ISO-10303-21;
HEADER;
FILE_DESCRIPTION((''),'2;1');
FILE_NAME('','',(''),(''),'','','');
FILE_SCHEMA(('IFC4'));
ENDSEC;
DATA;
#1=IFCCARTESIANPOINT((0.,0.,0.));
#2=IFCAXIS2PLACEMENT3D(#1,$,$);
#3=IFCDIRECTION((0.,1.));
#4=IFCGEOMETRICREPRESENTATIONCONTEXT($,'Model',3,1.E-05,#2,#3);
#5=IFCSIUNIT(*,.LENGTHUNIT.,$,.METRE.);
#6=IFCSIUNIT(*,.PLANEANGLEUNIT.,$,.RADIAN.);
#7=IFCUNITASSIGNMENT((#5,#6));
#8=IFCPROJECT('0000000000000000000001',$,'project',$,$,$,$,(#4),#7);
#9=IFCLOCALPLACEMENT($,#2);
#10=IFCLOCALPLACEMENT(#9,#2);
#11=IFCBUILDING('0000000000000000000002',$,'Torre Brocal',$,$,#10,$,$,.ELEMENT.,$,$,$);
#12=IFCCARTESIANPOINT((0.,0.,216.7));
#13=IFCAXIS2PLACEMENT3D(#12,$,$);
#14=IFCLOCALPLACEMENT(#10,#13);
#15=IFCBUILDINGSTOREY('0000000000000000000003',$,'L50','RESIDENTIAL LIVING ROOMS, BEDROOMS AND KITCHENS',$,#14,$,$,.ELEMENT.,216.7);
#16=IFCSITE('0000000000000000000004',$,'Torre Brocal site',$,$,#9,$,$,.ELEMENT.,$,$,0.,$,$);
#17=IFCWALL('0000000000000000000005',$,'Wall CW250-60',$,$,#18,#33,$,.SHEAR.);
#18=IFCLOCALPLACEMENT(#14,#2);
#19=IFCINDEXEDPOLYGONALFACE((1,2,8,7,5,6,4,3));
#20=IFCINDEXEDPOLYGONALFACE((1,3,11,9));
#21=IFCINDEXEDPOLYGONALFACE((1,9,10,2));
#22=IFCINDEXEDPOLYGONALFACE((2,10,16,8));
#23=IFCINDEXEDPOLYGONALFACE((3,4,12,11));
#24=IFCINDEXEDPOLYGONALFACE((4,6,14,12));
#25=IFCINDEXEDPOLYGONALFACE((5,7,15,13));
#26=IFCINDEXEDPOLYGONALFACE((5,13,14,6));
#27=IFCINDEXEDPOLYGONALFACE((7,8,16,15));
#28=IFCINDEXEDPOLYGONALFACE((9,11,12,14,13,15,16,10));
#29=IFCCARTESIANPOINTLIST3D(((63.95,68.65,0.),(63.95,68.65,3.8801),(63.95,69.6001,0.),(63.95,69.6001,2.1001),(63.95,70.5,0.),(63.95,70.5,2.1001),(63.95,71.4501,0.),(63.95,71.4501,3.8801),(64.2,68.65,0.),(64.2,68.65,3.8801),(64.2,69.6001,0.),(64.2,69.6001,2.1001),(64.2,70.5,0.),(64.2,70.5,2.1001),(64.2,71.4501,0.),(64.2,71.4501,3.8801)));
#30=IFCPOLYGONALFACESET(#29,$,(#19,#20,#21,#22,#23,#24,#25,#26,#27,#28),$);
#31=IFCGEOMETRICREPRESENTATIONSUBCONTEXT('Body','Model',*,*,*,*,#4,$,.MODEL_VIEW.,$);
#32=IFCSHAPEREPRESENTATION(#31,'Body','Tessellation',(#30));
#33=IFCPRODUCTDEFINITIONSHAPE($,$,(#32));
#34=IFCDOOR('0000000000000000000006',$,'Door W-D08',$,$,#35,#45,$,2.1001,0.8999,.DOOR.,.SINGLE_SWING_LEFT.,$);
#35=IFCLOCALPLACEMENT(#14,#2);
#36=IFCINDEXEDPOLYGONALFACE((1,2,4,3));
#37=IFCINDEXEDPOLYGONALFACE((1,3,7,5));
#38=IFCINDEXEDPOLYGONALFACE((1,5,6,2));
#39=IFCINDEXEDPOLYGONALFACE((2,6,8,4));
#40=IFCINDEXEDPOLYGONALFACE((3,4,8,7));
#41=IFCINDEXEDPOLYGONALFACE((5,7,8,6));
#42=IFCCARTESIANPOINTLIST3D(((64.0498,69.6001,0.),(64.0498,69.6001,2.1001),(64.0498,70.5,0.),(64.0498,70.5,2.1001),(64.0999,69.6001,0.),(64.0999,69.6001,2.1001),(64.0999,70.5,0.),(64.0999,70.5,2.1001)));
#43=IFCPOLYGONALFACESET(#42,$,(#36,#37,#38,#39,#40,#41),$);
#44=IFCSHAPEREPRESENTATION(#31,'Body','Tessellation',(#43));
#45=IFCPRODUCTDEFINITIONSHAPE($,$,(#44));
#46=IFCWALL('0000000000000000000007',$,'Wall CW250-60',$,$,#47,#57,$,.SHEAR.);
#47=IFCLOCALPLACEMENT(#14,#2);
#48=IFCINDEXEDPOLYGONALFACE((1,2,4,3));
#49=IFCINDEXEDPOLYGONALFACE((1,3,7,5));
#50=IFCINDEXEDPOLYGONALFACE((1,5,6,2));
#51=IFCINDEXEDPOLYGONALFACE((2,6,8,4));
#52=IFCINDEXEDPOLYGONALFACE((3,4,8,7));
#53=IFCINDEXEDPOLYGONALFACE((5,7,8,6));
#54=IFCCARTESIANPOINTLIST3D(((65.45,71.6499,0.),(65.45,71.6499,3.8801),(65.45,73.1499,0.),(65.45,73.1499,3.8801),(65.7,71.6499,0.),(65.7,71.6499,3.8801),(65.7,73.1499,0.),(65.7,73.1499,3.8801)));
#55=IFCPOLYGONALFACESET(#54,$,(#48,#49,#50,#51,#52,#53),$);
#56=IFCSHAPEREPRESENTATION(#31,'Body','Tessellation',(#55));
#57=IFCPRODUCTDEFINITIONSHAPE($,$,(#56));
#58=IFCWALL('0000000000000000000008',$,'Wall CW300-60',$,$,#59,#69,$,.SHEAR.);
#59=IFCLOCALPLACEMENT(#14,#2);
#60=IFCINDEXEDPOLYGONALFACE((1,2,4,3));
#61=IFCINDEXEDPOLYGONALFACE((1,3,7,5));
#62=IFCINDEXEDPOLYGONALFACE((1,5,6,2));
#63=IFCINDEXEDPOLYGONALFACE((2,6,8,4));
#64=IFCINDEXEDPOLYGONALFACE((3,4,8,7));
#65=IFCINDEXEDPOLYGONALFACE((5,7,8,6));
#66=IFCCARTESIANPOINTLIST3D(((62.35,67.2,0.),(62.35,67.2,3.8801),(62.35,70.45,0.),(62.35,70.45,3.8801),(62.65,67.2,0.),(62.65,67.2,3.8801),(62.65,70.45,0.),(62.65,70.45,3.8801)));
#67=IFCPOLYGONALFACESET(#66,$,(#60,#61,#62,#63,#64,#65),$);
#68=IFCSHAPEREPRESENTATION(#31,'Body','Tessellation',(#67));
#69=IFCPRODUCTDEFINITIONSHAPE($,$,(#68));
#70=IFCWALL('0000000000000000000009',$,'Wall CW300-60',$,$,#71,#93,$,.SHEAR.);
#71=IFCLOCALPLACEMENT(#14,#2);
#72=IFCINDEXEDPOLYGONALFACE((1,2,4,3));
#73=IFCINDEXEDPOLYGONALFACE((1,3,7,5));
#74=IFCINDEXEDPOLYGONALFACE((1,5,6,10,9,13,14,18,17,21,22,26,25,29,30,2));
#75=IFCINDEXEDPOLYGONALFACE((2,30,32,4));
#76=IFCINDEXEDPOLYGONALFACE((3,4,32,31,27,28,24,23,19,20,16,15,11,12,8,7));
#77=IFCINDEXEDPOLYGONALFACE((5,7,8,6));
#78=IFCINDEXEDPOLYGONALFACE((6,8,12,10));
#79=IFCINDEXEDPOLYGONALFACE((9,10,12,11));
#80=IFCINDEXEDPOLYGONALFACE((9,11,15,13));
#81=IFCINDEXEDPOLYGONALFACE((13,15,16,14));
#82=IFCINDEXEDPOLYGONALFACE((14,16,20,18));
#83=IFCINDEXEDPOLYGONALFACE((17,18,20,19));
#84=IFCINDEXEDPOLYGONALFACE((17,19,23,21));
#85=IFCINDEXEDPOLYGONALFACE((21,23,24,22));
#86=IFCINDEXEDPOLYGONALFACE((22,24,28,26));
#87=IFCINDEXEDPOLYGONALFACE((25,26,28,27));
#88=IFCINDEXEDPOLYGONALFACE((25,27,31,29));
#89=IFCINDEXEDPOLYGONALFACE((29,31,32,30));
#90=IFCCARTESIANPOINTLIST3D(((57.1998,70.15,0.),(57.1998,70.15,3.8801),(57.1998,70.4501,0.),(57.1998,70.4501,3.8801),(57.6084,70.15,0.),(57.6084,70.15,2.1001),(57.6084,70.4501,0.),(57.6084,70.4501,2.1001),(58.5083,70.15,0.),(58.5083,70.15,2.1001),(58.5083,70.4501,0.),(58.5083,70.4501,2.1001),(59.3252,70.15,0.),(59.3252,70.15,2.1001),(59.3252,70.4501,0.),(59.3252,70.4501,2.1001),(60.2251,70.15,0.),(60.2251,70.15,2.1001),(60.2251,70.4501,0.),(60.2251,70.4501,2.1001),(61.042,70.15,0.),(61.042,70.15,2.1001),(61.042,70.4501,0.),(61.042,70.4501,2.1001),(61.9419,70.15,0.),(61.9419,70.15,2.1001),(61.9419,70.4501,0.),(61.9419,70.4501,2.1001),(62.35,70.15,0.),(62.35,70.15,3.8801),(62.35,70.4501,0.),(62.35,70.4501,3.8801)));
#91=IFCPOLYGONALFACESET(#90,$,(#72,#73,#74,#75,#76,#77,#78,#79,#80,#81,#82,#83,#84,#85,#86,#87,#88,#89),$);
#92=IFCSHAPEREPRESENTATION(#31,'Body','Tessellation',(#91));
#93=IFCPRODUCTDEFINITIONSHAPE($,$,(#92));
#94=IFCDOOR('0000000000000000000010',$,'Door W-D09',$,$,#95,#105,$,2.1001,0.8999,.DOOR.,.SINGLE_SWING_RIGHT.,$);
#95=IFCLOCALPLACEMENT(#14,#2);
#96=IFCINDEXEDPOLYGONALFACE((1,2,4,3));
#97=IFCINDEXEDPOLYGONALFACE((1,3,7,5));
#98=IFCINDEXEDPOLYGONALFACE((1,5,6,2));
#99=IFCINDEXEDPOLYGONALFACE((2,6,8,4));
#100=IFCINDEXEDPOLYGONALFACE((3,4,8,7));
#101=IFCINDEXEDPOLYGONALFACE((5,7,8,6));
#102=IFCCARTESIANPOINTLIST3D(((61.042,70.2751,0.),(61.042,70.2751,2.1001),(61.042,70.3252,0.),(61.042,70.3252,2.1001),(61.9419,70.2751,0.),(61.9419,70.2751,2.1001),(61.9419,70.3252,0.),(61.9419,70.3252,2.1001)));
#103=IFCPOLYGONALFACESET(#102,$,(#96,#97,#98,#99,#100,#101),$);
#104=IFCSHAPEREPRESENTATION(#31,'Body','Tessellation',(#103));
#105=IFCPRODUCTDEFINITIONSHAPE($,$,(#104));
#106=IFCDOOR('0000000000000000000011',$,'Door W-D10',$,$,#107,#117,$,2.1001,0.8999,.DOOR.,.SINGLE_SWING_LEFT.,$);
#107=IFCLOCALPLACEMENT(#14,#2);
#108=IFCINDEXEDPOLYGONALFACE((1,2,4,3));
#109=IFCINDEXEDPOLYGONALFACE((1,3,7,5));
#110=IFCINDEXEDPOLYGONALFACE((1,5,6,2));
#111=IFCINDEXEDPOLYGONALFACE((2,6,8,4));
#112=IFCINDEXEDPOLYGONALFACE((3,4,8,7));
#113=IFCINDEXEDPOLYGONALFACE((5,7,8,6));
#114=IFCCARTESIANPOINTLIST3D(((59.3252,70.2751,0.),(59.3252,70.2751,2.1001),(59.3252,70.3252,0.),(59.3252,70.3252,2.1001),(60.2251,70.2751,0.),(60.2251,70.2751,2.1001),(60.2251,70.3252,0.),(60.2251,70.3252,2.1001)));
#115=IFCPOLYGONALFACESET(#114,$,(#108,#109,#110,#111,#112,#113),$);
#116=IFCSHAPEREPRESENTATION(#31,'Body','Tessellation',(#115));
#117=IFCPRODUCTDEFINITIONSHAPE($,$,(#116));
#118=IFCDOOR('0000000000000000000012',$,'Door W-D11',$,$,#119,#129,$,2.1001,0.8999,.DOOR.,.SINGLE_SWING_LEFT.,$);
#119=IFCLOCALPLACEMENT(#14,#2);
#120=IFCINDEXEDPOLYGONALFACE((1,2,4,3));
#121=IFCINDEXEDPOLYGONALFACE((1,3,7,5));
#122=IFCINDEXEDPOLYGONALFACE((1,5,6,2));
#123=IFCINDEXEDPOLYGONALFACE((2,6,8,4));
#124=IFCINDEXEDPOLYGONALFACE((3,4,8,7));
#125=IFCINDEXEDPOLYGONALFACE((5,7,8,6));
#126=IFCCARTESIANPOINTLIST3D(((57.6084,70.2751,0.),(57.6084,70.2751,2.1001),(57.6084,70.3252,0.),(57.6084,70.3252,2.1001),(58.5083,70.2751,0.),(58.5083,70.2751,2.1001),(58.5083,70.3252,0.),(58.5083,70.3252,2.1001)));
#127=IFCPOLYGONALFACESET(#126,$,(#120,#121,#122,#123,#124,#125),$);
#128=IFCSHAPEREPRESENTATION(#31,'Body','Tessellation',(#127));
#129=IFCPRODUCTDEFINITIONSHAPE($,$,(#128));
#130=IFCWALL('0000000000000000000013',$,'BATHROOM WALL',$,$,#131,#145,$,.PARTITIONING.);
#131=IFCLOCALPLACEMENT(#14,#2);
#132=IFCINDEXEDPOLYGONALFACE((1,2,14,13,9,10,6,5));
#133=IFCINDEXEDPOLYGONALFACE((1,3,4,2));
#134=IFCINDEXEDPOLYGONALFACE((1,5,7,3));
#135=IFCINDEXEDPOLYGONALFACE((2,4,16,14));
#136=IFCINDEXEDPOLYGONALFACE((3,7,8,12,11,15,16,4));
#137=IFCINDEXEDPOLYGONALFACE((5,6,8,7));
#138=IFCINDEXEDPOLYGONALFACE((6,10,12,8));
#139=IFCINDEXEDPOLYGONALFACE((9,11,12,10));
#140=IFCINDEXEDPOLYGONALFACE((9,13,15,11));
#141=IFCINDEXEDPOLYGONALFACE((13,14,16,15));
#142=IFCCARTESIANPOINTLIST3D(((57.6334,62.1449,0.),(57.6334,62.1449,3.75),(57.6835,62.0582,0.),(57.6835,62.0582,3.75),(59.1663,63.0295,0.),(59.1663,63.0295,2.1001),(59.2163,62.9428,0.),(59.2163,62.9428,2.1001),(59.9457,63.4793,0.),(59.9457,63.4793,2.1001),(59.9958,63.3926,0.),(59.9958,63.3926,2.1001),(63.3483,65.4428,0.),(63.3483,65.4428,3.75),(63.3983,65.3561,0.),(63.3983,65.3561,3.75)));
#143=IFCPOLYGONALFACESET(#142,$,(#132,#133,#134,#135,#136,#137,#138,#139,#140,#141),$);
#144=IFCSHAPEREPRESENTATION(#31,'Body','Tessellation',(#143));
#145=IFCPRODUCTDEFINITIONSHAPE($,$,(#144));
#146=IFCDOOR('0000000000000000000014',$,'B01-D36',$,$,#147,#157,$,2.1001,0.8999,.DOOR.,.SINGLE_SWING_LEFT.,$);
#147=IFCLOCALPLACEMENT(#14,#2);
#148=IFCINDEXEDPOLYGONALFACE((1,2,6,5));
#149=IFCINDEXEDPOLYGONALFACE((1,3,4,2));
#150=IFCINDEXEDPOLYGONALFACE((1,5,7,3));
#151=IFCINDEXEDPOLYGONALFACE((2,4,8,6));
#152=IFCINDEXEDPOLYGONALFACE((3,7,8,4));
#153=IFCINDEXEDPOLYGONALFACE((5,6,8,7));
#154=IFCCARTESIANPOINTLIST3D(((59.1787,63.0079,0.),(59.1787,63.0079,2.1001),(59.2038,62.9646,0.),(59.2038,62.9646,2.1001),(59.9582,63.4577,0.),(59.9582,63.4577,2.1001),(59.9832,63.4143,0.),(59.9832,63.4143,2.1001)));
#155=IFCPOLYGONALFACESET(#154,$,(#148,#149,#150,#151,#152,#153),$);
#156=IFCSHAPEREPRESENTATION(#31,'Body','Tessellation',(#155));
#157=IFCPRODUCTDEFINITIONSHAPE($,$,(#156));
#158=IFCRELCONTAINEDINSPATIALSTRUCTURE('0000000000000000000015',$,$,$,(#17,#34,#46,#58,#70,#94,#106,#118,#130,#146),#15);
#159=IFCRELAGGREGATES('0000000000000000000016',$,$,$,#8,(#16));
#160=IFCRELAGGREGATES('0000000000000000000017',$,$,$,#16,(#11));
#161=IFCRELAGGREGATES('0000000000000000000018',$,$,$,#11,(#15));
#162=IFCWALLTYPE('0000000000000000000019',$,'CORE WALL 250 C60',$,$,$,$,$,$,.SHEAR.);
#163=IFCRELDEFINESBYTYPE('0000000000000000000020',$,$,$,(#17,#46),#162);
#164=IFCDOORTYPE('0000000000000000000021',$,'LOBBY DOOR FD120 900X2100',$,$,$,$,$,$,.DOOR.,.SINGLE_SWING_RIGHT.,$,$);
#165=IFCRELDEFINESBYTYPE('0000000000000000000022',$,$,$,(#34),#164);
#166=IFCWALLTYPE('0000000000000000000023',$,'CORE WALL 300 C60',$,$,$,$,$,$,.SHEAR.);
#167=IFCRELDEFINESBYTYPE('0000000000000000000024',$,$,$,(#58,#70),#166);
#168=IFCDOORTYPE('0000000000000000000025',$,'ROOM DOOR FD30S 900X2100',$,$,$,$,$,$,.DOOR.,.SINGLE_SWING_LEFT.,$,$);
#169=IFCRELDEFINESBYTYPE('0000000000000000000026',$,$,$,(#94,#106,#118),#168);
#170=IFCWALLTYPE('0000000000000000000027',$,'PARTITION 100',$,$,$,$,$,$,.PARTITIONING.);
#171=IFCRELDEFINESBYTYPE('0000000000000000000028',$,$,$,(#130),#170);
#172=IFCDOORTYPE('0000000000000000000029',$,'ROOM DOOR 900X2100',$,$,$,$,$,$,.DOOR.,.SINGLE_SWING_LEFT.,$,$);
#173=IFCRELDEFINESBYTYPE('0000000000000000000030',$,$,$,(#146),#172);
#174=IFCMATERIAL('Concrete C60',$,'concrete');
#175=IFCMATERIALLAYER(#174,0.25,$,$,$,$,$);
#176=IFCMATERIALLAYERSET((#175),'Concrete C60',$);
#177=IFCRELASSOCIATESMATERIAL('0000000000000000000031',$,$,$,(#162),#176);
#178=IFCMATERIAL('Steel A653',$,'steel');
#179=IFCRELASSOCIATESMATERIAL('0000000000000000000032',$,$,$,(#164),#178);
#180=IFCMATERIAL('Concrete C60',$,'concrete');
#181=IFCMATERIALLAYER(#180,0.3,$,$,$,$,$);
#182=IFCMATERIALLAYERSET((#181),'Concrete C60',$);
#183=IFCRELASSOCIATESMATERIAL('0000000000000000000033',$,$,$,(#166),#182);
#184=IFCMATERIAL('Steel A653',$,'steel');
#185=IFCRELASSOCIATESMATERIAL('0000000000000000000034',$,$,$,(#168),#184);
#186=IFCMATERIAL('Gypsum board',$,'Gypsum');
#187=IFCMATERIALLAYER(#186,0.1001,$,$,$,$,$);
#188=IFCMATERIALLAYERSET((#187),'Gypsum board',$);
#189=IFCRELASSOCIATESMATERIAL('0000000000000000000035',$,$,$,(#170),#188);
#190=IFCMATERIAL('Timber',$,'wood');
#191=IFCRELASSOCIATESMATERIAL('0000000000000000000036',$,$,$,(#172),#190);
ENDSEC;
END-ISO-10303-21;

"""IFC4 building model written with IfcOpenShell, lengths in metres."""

from ifc_helpers import new_model, si_unit, direction, frame, frame_2d, origin, place, context, subcontext, project, spatial, rectangle, extrude, material, layer, layer_set, type_object, element, fill, save


model = new_model("IFC4")

# Units and contexts
model_context = context("Model", 3, precision=1e-05, world=origin(), true_north=direction((0.0, 1.0)))
body_context = subcontext(model_context, "Body", "Model", "MODEL_VIEW")
ifc_project = project(units=[si_unit("LENGTHUNIT", "METRE"), si_unit("PLANEANGLEUNIT", "RADIAN")], contexts=[model_context])

# Site, building, storey
site_placement = place(None, origin())
site = spatial("IfcSite", under=ifc_project, at=site_placement, Name="Torre Brocal site", CompositionType="ELEMENT", RefElevation=0.0)
building_placement = place(site_placement, origin())
building = spatial("IfcBuilding", under=site, at=building_placement, Name="Torre Brocal", CompositionType="ELEMENT")
storey_placement = place(building_placement, frame((0.0, 0.0, 216.7)))
storey = spatial("IfcBuildingStorey", under=building, at=storey_placement, Name="L50", Description="RESIDENTIAL LIVING ROOMS, BEDROOMS AND KITCHENS", CompositionType="ELEMENT", Elevation=216.7)

# Wall, opening, door
ifc_material_1 = material(Name="Concrete C60", Category="concrete")
ifc_layer_1 = layer(ifc_material_1, 0.25)
ifc_layer_set_1 = layer_set([ifc_layer_1], Name="Concrete C60")
wall_type_1 = type_object("IfcWallType", Name="CORE WALL 250 C60", PredefinedType="SHEAR", material=ifc_layer_set_1)
wall_1_placement = place(storey_placement, frame((64.075, 71.45, 0.0), z_axis=(0.0, 0.0, 1.0), x_axis=(0.0, -1.0, 0.0)))
wall_1 = element("IfcWall", 1, at=wall_1_placement, inside=storey, type_object=wall_type_1, Name="Wall CW250-60", PredefinedType="SHEAR", context=body_context, shape_type="SweptSolid", body=[
    extrude(rectangle(XDim=2.8, YDim=0.25, at=frame_2d((1.3999, 0.0))), origin(), (0.0, 0.0, 1.0), 3.8801),
])
opening_1_placement = place(wall_1_placement, frame((0.95, 0.0, 0.0)))
opening_1 = element("IfcOpeningElement", 2, at=opening_1_placement, cuts=wall_1, PredefinedType="OPENING", context=body_context, shape_type="SweptSolid", body=[
    extrude(rectangle(XDim=0.8999, YDim=2.1001, at=frame_2d((0.45, 1.05))), frame((0.0, 0.135, 0.0), z_axis=(0.0, -1.0, 0.0), x_axis=(1.0, 0.0, 0.0)), (0.0, 0.0, 1.0), 0.27),
])
ifc_material_2 = material(Name="Steel A653", Category="steel")
door_type_1 = type_object("IfcDoorType", Name="LOBBY DOOR FD120 900X2100", OperationType="SINGLE_SWING_RIGHT", PredefinedType="DOOR", material=ifc_material_2)
door_1_placement = place(opening_1_placement, origin())
door_1 = element("IfcDoor", 3, at=door_1_placement, inside=storey, type_object=door_type_1, Name="Door W-D08", OperationType="SINGLE_SWING_LEFT", OverallHeight=2.1001, OverallWidth=0.8999, PredefinedType="DOOR", context=body_context, shape_type="SweptSolid", body=[
    extrude(rectangle(XDim=0.8999, YDim=2.1001, at=frame_2d((0.45, 1.05))), frame((0.0, 0.0249, 0.0), z_axis=(0.0, -1.0, 0.0), x_axis=(1.0, 0.0, 0.0)), (0.0, 0.0, 1.0), 0.05),
])
fill(opening_1, door_1)

# Walls
wall_2_placement = place(storey_placement, frame((65.575, 73.1499, 0.0), z_axis=(0.0, 0.0, 1.0), x_axis=(0.0, -1.0, 0.0)))
element("IfcWall", 4, at=wall_2_placement, inside=storey, type_object=wall_type_1, Name="Wall CW250-60", PredefinedType="SHEAR", context=body_context, shape_type="SweptSolid", body=[
    extrude(rectangle(XDim=1.5, YDim=0.25, at=frame_2d((0.75, 0.0))), origin(), (0.0, 0.0, 1.0), 3.8801),
])
ifc_material_3 = material(Name="Concrete C60", Category="concrete")
ifc_layer_2 = layer(ifc_material_3, 0.3)
ifc_layer_set_2 = layer_set([ifc_layer_2], Name="Concrete C60")
wall_type_2 = type_object("IfcWallType", Name="CORE WALL 300 C60", PredefinedType="SHEAR", material=ifc_layer_set_2)
wall_3_placement = place(storey_placement, frame((62.5, 70.45, 0.0), z_axis=(0.0, 0.0, 1.0), x_axis=(0.0, -1.0, 0.0)))
element("IfcWall", 5, at=wall_3_placement, inside=storey, type_object=wall_type_2, Name="Wall CW300-60", PredefinedType="SHEAR", context=body_context, shape_type="SweptSolid", body=[
    extrude(rectangle(XDim=3.25, YDim=0.3, at=frame_2d((1.625, 0.0))), origin(), (0.0, 0.0, 1.0), 3.8801),
])

# Wall, openings, doors
wall_4_placement = place(storey_placement, frame((62.3501, 70.3, 0.0), z_axis=(0.0, 0.0, 1.0), x_axis=(-1.0, 0.0, 0.0)))
wall_4 = element("IfcWall", 6, at=wall_4_placement, inside=storey, type_object=wall_type_2, Name="Wall CW300-60", PredefinedType="SHEAR", context=body_context, shape_type="SweptSolid", body=[
    extrude(rectangle(XDim=5.1501, YDim=0.3, at=frame_2d((2.5752, 0.0))), origin(), (0.0, 0.0, 1.0), 3.8801),
])
opening_2_placement = place(wall_4_placement, frame((0.4082, 0.0, 0.0)))
opening_2 = element("IfcOpeningElement", 7, at=opening_2_placement, cuts=wall_4, PredefinedType="OPENING", context=body_context, shape_type="SweptSolid", body=[
    extrude(rectangle(XDim=0.8999, YDim=2.1001, at=frame_2d((0.45, 1.05))), frame((0.0, 0.1599, 0.0), z_axis=(0.0, -1.0, 0.0), x_axis=(1.0, 0.0, 0.0)), (0.0, 0.0, 1.0), 0.3201),
])
opening_3_placement = place(wall_4_placement, frame((2.125, 0.0, 0.0)))
opening_3 = element("IfcOpeningElement", 8, at=opening_3_placement, cuts=wall_4, PredefinedType="OPENING", context=body_context, shape_type="SweptSolid", body=[
    extrude(rectangle(XDim=0.8999, YDim=2.1001, at=frame_2d((0.45, 1.05))), frame((0.0, 0.1599, 0.0), z_axis=(0.0, -1.0, 0.0), x_axis=(1.0, 0.0, 0.0)), (0.0, 0.0, 1.0), 0.3201),
])
opening_4_placement = place(wall_4_placement, frame((3.8418, 0.0, 0.0)))
opening_4 = element("IfcOpeningElement", 9, at=opening_4_placement, cuts=wall_4, PredefinedType="OPENING", context=body_context, shape_type="SweptSolid", body=[
    extrude(rectangle(XDim=0.8999, YDim=2.1001, at=frame_2d((0.45, 1.05))), frame((0.0, 0.1599, 0.0), z_axis=(0.0, -1.0, 0.0), x_axis=(1.0, 0.0, 0.0)), (0.0, 0.0, 1.0), 0.3201),
])
ifc_material_4 = material(Name="Steel A653", Category="steel")
door_type_2 = type_object("IfcDoorType", Name="ROOM DOOR FD30S 900X2100", OperationType="SINGLE_SWING_LEFT", PredefinedType="DOOR", material=ifc_material_4)
door_2_placement = place(opening_2_placement, origin())
door_2 = element("IfcDoor", 10, at=door_2_placement, inside=storey, type_object=door_type_2, Name="Door W-D09", OperationType="SINGLE_SWING_RIGHT", OverallHeight=2.1001, OverallWidth=0.8999, PredefinedType="DOOR", context=body_context, shape_type="SweptSolid", body=[
    extrude(rectangle(XDim=0.8999, YDim=2.1001, at=frame_2d((0.45, 1.05))), frame((0.0, 0.0249, 0.0), z_axis=(0.0, -1.0, 0.0), x_axis=(1.0, 0.0, 0.0)), (0.0, 0.0, 1.0), 0.05),
])
fill(opening_2, door_2)
door_3_placement = place(opening_3_placement, origin())
door_3 = element("IfcDoor", 11, at=door_3_placement, inside=storey, type_object=door_type_2, Name="Door W-D10", OperationType="SINGLE_SWING_LEFT", OverallHeight=2.1001, OverallWidth=0.8999, PredefinedType="DOOR", context=body_context, shape_type="SweptSolid", body=[
    extrude(rectangle(XDim=0.8999, YDim=2.1001, at=frame_2d((0.45, 1.05))), frame((0.0, 0.0249, 0.0), z_axis=(0.0, -1.0, 0.0), x_axis=(1.0, 0.0, 0.0)), (0.0, 0.0, 1.0), 0.05),
])
fill(opening_3, door_3)
door_4_placement = place(opening_4_placement, origin())
door_4 = element("IfcDoor", 12, at=door_4_placement, inside=storey, type_object=door_type_2, Name="Door W-D11", OperationType="SINGLE_SWING_LEFT", OverallHeight=2.1001, OverallWidth=0.8999, PredefinedType="DOOR", context=body_context, shape_type="SweptSolid", body=[
    extrude(rectangle(XDim=0.8999, YDim=2.1001, at=frame_2d((0.45, 1.05))), frame((0.0, 0.0249, 0.0), z_axis=(0.0, -1.0, 0.0), x_axis=(1.0, 0.0, 0.0)), (0.0, 0.0, 1.0), 0.05),
])
fill(opening_4, door_4)

# Wall, opening, door
ifc_material_5 = material(Name="Gypsum board", Category="Gypsum")
ifc_layer_3 = layer(ifc_material_5, 0.1001)
ifc_layer_set_3 = layer_set([ifc_layer_3], Name="Gypsum board")
wall_type_3 = type_object("IfcWallType", Name="PARTITION 100", PredefinedType="PARTITIONING", material=ifc_layer_set_3)
wall_5_placement = place(storey_placement, frame((57.6584, 62.1016, 0.0), z_axis=(0.0, 0.0, 1.0), x_axis=(0.866131, 0.499816, 0.0)))
wall_5 = element("IfcWall", 13, at=wall_5_placement, inside=storey, type_object=wall_type_3, Name="BATHROOM WALL", PredefinedType="PARTITIONING", context=body_context, shape_type="SweptSolid", body=[
    extrude(rectangle(XDim=6.5981, YDim=0.1001, at=frame_2d((3.2991, 0.0))), origin(), (0.0, 0.0, 1.0), 3.75),
])
opening_5_placement = place(wall_5_placement, frame((1.7698, 0.0, 0.0)))
opening_5 = element("IfcOpeningElement", 14, at=opening_5_placement, cuts=wall_5, PredefinedType="OPENING", context=body_context, shape_type="SweptSolid", body=[
    extrude(rectangle(XDim=0.8999, YDim=2.1001, at=frame_2d((0.45, 1.05))), frame((0.0, 0.0601, 0.0), z_axis=(0.0, -1.0, 0.0), x_axis=(1.0, 0.0, 0.0)), (0.0, 0.0, 1.0), 0.1201),
])
ifc_material_6 = material(Name="Timber", Category="wood")
door_type_3 = type_object("IfcDoorType", Name="ROOM DOOR 900X2100", OperationType="SINGLE_SWING_LEFT", PredefinedType="DOOR", material=ifc_material_6)
door_5_placement = place(opening_5_placement, frame((0.8999, 0.0, 0.0), z_axis=(0.0, 0.0, 1.0), x_axis=(-1.0, 0.0, 0.0)))
door_5 = element("IfcDoor", 15, at=door_5_placement, inside=storey, type_object=door_type_3, Name="B01-D36", OperationType="SINGLE_SWING_LEFT", OverallHeight=2.1001, OverallWidth=0.8999, PredefinedType="DOOR", context=body_context, shape_type="SweptSolid", body=[
    extrude(rectangle(XDim=0.8999, YDim=2.1001, at=frame_2d((0.45, 1.05))), frame((0.0, 0.0249, 0.0), z_axis=(0.0, -1.0, 0.0), x_axis=(1.0, 0.0, 0.0)), (0.0, 0.0, 1.0), 0.05),
])
fill(opening_5, door_5)

save(model, "model.ifc")
